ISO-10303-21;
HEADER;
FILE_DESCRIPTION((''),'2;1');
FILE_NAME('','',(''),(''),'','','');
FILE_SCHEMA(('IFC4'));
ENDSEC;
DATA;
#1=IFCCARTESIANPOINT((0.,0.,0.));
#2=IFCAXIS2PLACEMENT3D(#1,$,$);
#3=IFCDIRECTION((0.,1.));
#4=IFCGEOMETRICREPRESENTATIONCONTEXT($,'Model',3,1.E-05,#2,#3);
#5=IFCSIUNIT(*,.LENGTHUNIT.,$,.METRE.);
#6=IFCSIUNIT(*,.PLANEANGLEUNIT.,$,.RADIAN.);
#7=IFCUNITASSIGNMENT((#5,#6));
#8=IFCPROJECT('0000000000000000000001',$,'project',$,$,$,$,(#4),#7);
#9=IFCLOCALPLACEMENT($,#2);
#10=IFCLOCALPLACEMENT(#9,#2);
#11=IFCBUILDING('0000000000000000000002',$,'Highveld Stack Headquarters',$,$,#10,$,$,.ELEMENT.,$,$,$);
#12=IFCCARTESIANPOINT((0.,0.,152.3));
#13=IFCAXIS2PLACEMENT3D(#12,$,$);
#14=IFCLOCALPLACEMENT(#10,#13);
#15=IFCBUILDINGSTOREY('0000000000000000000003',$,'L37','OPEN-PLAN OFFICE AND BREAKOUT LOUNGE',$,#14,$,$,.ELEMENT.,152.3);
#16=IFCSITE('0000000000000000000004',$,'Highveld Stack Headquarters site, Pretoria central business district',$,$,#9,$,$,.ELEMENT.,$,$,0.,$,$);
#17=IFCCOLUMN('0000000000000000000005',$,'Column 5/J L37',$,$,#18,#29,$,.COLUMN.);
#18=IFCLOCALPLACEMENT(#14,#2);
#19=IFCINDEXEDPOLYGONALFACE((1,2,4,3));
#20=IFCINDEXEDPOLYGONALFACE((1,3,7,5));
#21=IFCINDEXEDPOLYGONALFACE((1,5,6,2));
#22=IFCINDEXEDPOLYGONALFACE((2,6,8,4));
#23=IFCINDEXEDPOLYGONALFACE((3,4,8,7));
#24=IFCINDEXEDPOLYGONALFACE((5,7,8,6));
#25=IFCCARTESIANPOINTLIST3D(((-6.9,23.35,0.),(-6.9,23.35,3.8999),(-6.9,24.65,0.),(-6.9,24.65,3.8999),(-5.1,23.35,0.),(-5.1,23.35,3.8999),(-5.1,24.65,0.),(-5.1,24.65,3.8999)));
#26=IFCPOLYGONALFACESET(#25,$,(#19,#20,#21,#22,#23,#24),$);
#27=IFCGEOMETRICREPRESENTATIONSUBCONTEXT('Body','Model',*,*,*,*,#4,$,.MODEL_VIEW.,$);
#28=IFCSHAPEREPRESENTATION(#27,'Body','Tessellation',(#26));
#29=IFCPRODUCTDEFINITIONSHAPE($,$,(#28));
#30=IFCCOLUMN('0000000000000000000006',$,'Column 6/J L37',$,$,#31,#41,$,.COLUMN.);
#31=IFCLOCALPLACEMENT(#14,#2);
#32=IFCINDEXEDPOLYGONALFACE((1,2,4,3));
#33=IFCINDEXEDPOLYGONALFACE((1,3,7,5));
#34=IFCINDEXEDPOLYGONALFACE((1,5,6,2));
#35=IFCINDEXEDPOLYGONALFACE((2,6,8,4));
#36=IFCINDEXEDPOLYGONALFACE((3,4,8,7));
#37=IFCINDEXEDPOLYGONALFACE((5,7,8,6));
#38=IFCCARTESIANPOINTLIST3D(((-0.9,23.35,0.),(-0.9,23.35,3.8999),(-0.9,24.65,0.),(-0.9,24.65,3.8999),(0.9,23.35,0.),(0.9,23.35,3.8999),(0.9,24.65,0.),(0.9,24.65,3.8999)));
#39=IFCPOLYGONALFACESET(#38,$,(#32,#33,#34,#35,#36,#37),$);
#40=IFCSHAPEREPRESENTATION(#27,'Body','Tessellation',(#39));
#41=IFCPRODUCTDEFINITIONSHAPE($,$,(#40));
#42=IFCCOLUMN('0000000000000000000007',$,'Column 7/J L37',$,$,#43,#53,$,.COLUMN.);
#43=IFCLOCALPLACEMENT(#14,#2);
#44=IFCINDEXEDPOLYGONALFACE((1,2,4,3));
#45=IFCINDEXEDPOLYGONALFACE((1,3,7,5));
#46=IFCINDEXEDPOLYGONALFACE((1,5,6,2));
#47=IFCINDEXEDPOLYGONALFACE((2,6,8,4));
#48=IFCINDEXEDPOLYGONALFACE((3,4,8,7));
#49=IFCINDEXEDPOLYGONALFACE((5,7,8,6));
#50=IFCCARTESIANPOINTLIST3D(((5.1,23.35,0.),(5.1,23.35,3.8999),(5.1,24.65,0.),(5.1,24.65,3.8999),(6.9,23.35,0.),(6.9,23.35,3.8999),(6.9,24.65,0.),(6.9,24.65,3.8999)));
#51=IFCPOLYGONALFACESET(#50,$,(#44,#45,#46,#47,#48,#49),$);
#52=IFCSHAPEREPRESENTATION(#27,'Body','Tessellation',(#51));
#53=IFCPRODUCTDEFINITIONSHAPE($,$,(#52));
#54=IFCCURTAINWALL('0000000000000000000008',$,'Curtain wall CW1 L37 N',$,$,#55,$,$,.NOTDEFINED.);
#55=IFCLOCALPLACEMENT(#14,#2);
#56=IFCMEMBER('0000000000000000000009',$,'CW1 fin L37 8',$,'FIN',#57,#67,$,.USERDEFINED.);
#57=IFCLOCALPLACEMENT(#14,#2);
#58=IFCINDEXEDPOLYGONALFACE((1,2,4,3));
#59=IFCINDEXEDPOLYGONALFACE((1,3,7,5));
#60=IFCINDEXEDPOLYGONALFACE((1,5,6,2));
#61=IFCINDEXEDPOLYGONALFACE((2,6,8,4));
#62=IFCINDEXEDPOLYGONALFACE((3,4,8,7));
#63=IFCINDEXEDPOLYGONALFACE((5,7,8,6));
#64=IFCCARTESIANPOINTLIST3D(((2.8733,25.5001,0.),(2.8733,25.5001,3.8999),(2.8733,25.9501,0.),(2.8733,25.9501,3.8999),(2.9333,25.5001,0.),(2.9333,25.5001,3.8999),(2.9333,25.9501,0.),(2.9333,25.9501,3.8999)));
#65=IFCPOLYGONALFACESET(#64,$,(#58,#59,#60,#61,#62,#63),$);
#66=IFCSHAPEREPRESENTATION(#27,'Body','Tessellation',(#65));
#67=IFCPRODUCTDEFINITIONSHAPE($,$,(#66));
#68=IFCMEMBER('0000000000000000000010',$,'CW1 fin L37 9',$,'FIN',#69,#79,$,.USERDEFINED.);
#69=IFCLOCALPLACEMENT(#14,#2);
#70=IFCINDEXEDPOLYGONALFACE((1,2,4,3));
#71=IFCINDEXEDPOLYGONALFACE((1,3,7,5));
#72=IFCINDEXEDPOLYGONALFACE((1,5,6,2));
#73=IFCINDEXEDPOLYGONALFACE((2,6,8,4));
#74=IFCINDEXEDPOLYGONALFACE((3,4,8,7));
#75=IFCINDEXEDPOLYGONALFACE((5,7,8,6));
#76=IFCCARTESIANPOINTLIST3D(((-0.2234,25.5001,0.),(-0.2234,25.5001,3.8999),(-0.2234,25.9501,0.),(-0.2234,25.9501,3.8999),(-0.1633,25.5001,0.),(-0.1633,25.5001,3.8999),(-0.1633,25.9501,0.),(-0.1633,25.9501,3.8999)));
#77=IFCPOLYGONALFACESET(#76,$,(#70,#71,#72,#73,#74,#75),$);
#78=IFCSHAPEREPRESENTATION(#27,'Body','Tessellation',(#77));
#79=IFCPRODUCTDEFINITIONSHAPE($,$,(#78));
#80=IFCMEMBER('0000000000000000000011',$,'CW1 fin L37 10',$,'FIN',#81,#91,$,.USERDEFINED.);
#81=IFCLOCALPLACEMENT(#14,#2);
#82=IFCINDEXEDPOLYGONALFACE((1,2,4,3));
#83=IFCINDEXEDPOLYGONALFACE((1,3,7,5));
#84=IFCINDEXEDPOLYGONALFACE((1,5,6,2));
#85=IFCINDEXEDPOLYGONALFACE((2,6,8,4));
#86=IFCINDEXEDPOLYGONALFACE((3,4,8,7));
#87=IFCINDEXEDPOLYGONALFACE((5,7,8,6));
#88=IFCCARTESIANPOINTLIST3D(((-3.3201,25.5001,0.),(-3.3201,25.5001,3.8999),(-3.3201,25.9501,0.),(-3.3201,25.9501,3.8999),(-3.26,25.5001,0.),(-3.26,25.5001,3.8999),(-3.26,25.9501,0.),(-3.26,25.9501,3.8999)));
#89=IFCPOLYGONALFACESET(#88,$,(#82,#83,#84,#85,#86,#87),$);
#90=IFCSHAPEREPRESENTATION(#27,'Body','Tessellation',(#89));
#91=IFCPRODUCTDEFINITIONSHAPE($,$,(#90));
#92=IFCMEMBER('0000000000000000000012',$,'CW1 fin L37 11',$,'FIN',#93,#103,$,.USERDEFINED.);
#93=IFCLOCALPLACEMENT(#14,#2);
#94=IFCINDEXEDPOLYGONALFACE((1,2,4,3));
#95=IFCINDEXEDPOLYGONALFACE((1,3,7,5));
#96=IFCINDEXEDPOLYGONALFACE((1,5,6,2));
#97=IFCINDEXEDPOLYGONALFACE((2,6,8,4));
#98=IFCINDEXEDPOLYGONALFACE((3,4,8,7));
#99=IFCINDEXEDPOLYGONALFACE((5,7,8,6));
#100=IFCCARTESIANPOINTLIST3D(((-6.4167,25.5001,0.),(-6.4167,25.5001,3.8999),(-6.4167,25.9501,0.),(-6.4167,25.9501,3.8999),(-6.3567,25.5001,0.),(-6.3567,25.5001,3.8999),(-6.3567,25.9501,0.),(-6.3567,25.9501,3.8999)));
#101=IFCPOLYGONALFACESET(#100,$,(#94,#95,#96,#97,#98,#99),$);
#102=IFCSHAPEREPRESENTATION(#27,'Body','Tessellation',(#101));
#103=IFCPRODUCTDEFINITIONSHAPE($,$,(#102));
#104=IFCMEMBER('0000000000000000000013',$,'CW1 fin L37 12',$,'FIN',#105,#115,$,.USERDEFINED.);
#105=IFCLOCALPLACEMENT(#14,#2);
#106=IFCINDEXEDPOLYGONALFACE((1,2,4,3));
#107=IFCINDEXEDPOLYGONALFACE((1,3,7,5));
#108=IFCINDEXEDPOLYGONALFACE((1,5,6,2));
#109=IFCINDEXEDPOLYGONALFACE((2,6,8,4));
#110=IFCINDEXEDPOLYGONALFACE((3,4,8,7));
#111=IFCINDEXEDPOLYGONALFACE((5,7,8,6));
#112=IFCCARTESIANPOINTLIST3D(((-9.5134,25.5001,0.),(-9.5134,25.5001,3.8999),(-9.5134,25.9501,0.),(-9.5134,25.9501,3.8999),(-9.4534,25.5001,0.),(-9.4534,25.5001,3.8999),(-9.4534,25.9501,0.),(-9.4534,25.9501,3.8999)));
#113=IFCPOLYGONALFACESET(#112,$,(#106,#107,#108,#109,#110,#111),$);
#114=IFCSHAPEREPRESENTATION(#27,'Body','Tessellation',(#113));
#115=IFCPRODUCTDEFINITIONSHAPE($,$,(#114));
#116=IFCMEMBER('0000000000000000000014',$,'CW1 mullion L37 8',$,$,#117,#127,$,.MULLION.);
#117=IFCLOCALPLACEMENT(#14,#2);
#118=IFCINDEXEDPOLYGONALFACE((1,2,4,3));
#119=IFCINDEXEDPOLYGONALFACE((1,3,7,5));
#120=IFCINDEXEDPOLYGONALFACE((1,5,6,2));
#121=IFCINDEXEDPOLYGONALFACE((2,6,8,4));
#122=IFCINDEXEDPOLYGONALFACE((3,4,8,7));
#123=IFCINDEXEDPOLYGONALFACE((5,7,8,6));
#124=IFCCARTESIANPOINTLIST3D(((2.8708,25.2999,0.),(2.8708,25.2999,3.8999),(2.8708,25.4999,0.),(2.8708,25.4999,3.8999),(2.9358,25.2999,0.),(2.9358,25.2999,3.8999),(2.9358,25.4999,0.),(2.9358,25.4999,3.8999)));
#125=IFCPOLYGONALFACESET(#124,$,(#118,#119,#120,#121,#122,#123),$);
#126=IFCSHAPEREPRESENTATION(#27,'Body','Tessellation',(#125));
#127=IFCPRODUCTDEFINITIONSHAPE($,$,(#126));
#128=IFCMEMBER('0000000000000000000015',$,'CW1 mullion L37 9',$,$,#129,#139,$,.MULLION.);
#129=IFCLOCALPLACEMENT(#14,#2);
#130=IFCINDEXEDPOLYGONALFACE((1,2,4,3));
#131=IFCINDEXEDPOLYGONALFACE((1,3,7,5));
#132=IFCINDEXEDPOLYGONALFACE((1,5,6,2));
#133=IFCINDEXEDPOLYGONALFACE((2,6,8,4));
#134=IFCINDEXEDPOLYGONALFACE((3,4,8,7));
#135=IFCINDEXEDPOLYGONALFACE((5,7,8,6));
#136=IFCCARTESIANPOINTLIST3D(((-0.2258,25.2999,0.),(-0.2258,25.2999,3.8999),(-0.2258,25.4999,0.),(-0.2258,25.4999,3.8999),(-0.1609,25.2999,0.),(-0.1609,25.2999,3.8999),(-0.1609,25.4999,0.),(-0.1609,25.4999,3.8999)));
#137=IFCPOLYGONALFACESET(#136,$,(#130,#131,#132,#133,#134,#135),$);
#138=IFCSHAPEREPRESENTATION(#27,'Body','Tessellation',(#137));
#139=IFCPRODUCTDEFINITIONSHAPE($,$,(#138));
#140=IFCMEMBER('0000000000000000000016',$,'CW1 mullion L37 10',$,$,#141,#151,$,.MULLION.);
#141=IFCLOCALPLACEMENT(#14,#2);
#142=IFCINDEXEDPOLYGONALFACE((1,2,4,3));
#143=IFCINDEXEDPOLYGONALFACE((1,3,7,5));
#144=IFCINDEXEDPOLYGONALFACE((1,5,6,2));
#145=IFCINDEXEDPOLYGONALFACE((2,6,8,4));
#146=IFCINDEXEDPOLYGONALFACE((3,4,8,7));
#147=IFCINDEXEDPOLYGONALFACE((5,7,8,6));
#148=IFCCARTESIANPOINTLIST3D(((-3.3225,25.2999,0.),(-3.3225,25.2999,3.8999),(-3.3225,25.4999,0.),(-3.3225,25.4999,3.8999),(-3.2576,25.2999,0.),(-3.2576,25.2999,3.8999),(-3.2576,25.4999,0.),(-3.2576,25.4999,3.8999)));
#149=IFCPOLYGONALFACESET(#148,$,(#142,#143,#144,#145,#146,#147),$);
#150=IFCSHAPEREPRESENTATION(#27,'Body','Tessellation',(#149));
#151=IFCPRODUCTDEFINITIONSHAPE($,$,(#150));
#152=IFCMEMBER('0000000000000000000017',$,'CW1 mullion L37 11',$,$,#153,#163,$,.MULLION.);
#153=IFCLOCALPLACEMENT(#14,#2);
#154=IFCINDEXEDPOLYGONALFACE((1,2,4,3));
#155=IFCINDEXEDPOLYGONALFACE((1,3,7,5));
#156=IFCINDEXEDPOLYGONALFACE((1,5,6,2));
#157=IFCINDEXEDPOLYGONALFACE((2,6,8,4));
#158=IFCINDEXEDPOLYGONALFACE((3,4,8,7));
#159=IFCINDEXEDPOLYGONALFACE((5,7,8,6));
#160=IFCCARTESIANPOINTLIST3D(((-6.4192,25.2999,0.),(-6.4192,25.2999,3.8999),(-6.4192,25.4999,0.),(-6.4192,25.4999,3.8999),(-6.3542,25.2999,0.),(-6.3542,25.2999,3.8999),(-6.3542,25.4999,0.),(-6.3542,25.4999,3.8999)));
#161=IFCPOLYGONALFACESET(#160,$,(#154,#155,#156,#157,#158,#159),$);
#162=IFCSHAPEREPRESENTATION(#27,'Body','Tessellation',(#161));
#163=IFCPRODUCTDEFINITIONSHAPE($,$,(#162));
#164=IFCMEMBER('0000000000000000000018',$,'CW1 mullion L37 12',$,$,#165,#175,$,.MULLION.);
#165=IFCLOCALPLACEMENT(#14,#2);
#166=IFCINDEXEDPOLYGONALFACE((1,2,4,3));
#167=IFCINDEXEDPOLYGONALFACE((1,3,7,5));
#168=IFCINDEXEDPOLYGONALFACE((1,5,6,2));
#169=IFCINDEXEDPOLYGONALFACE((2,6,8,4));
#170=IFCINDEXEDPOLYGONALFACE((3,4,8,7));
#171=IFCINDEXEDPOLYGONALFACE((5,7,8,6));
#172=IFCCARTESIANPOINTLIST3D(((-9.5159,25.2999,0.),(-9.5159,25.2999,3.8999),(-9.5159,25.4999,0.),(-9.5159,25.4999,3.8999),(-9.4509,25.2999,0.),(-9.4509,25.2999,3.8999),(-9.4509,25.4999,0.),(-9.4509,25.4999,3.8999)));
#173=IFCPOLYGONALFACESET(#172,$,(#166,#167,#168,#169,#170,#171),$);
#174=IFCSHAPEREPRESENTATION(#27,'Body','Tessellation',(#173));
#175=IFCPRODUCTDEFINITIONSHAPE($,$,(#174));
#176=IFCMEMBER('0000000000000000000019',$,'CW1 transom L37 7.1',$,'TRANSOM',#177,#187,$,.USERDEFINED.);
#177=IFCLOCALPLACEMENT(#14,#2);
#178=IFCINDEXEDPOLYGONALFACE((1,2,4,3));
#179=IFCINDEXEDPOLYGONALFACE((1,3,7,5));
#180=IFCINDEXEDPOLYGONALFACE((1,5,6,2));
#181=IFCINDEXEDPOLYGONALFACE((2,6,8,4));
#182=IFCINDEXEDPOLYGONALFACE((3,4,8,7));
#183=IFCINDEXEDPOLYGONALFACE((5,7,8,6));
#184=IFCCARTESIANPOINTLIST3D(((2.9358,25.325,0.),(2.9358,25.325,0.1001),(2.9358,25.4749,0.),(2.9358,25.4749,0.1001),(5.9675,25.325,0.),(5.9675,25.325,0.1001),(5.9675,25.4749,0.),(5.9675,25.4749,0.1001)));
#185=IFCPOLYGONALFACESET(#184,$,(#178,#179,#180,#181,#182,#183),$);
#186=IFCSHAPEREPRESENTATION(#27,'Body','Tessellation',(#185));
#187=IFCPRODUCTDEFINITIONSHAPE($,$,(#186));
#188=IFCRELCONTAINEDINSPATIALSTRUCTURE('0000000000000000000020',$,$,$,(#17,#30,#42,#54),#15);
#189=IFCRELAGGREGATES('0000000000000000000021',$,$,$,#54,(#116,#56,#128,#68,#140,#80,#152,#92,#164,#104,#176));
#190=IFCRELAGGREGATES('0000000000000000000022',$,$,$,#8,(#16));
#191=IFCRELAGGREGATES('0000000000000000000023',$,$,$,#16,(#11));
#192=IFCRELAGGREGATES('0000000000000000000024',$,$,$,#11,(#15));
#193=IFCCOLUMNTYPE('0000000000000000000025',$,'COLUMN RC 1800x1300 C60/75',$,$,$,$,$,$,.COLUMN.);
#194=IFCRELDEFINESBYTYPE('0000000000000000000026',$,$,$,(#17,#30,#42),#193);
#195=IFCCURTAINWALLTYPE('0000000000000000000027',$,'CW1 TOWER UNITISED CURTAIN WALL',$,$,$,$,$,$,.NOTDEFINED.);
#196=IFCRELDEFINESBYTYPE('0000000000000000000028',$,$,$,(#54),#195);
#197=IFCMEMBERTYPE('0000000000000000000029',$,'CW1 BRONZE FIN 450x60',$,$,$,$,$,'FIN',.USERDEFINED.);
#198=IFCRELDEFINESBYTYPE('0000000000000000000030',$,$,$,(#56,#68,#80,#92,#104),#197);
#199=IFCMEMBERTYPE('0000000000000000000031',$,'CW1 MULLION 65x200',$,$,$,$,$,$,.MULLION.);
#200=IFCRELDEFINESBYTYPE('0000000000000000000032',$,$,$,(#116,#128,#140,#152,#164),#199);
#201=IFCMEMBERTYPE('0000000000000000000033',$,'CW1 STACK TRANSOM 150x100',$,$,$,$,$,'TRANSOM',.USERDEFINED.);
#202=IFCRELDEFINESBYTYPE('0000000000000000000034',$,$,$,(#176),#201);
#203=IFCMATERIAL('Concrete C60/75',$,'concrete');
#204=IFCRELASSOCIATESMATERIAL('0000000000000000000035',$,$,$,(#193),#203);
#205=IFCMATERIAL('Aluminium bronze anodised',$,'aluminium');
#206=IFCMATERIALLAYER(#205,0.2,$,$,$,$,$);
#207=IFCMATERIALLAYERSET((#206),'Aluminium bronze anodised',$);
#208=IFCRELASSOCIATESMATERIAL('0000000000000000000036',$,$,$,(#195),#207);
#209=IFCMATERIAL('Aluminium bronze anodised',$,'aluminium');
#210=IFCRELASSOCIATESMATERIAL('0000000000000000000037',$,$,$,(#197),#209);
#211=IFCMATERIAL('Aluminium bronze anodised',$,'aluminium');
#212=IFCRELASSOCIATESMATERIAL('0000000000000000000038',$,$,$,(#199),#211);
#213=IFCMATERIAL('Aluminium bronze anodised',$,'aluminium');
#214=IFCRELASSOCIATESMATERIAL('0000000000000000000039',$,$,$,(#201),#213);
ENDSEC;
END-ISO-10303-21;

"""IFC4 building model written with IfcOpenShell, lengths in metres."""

from ifc_helpers import new_model, si_unit, direction, frame, origin, origin_2d, place, context, subcontext, project, spatial, rectangle, extrude, material, layer, layer_set, material_profile, profile_set, type_object, element, aggregate, save


model = new_model("IFC4")

# Units and contexts
model_context = context("Model", 3, precision=1e-05, world=origin(), true_north=direction((0.0, 1.0)))
body_context = subcontext(model_context, "Body", "Model", "MODEL_VIEW")
ifc_project = project(units=[si_unit("LENGTHUNIT", "METRE"), si_unit("PLANEANGLEUNIT", "RADIAN")], contexts=[model_context])

# Site, building, storey
site_placement = place(None, origin())
site = spatial("IfcSite", under=ifc_project, at=site_placement, Name="Highveld Stack Headquarters site, Pretoria central business district", CompositionType="ELEMENT", RefElevation=0.0)
building_placement = place(site_placement, origin())
building = spatial("IfcBuilding", under=site, at=building_placement, Name="Highveld Stack Headquarters", CompositionType="ELEMENT")
storey_placement = place(building_placement, frame((0.0, 0.0, 152.3)))
storey = spatial("IfcBuildingStorey", under=building, at=storey_placement, Name="L37", Description="OPEN-PLAN OFFICE AND BREAKOUT LOUNGE", CompositionType="ELEMENT", Elevation=152.3)

# Columns
ifc_material_1 = material(Name="Concrete C60/75", Category="concrete")
ifc_material_profile_1 = material_profile(ifc_material_1, rectangle(XDim=1.8, YDim=1.3, at=origin_2d()), Name="RC 1800x1300")
ifc_profile_set_1 = profile_set([ifc_material_profile_1], Name="Concrete C60/75")
column_type = type_object("IfcColumnType", Name="COLUMN RC 1800x1300 C60/75", PredefinedType="COLUMN", material=ifc_profile_set_1)
for number, where, z_axis, x_axis, name in (
    (1, (-6.0, 24.0, 0.0), (0.0, 0.0, 1.0), (1.0, 0.0, 0.0), "Column 5/J L37"),
    (2, (0.0, 24.0, 0.0), (0.0, 0.0, 1.0), (1.0, 0.0, 0.0), "Column 6/J L37"),
    (3, (6.0, 24.0, 0.0), (0.0, 0.0, 1.0), (1.0, 0.0, 0.0), "Column 7/J L37"),
):
    element("IfcColumn", number, at=place(storey_placement, frame(where, z_axis=z_axis, x_axis=x_axis)), inside=storey, type_object=column_type, Name=name, PredefinedType="COLUMN", context=body_context, shape_type="SweptSolid", body=[
        extrude(rectangle(XDim=1.8, YDim=1.3, at=origin_2d()), origin(), (0.0, 0.0, 1.0), 3.8999),
    ])

# Curtain wall, members
ifc_material_2 = material(Name="Aluminium bronze anodised", Category="aluminium")
ifc_layer_1 = layer(ifc_material_2, 0.2)
ifc_layer_set_1 = layer_set([ifc_layer_1], Name="Aluminium bronze anodised")
curtain_wall_type = type_object("IfcCurtainWallType", Name="CW1 TOWER UNITISED CURTAIN WALL", PredefinedType="NOTDEFINED", material=ifc_layer_set_1)
curtain_wall_placement = place(storey_placement, origin())
curtain_wall = element("IfcCurtainWall", 4, at=curtain_wall_placement, inside=storey, type_object=curtain_wall_type, Name="Curtain wall CW1 L37 N", PredefinedType="NOTDEFINED")
ifc_material_3 = material(Name="Aluminium bronze anodised", Category="aluminium")
ifc_material_profile_2 = material_profile(ifc_material_3, rectangle(XDim=0.45, YDim=0.0601, at=origin_2d()), Name="FIN 450x60")
ifc_profile_set_2 = profile_set([ifc_material_profile_2], Name="Aluminium bronze anodised")
member_type_1 = type_object("IfcMemberType", Name="CW1 BRONZE FIN 450x60", ElementType="FIN", PredefinedType="USERDEFINED", material=ifc_profile_set_2)
member_1_placement = place(storey_placement, frame((2.9033, 25.7251, 0.0), z_axis=(0.0, 0.0, 1.0), x_axis=(0.0, -1.0, 0.0)))
member_1 = element("IfcMember", 5, at=member_1_placement, type_object=member_type_1, Name="CW1 fin L37 8", ObjectType="FIN", PredefinedType="USERDEFINED", context=body_context, shape_type="SweptSolid", body=[
    extrude(rectangle(XDim=0.45, YDim=0.0601, at=origin_2d()), origin(), (0.0, 0.0, 1.0), 3.8999),
])
member_2_placement = place(storey_placement, frame((-0.1934, 25.7251, 0.0), z_axis=(0.0, 0.0, 1.0), x_axis=(0.0, -1.0, 0.0)))
member_2 = element("IfcMember", 6, at=member_2_placement, type_object=member_type_1, Name="CW1 fin L37 9", ObjectType="FIN", PredefinedType="USERDEFINED", context=body_context, shape_type="SweptSolid", body=[
    extrude(rectangle(XDim=0.45, YDim=0.0601, at=origin_2d()), origin(), (0.0, 0.0, 1.0), 3.8999),
])
member_3_placement = place(storey_placement, frame((-3.29, 25.7251, 0.0), z_axis=(0.0, 0.0, 1.0), x_axis=(0.0, -1.0, 0.0)))
member_3 = element("IfcMember", 7, at=member_3_placement, type_object=member_type_1, Name="CW1 fin L37 10", ObjectType="FIN", PredefinedType="USERDEFINED", context=body_context, shape_type="SweptSolid", body=[
    extrude(rectangle(XDim=0.45, YDim=0.0601, at=origin_2d()), origin(), (0.0, 0.0, 1.0), 3.8999),
])
member_4_placement = place(storey_placement, frame((-6.3867, 25.7251, 0.0), z_axis=(0.0, 0.0, 1.0), x_axis=(0.0, -1.0, 0.0)))
member_4 = element("IfcMember", 8, at=member_4_placement, type_object=member_type_1, Name="CW1 fin L37 11", ObjectType="FIN", PredefinedType="USERDEFINED", context=body_context, shape_type="SweptSolid", body=[
    extrude(rectangle(XDim=0.45, YDim=0.0601, at=origin_2d()), origin(), (0.0, 0.0, 1.0), 3.8999),
])
member_5_placement = place(storey_placement, frame((-9.4834, 25.7251, 0.0), z_axis=(0.0, 0.0, 1.0), x_axis=(0.0, -1.0, 0.0)))
member_5 = element("IfcMember", 9, at=member_5_placement, type_object=member_type_1, Name="CW1 fin L37 12", ObjectType="FIN", PredefinedType="USERDEFINED", context=body_context, shape_type="SweptSolid", body=[
    extrude(rectangle(XDim=0.45, YDim=0.0601, at=origin_2d()), origin(), (0.0, 0.0, 1.0), 3.8999),
])
ifc_material_4 = material(Name="Aluminium bronze anodised", Category="aluminium")
ifc_material_profile_3 = material_profile(ifc_material_4, rectangle(XDim=0.2, YDim=0.0649, at=origin_2d()), Name="CW1 MULLION 65x200")
ifc_profile_set_3 = profile_set([ifc_material_profile_3], Name="Aluminium bronze anodised")
member_type_2 = type_object("IfcMemberType", Name="CW1 MULLION 65x200", PredefinedType="MULLION", material=ifc_profile_set_3)
member_6_placement = place(storey_placement, frame((2.9033, 25.3999, 0.0), z_axis=(0.0, 0.0, 1.0), x_axis=(0.0, -1.0, 0.0)))
member_6 = element("IfcMember", 10, at=member_6_placement, type_object=member_type_2, Name="CW1 mullion L37 8", PredefinedType="MULLION", context=body_context, shape_type="SweptSolid", body=[
    extrude(rectangle(XDim=0.2, YDim=0.0649, at=origin_2d()), origin(), (0.0, 0.0, 1.0), 3.8999),
])
member_7_placement = place(storey_placement, frame((-0.1934, 25.3999, 0.0), z_axis=(0.0, 0.0, 1.0), x_axis=(0.0, -1.0, 0.0)))
member_7 = element("IfcMember", 11, at=member_7_placement, type_object=member_type_2, Name="CW1 mullion L37 9", PredefinedType="MULLION", context=body_context, shape_type="SweptSolid", body=[
    extrude(rectangle(XDim=0.2, YDim=0.0649, at=origin_2d()), origin(), (0.0, 0.0, 1.0), 3.8999),
])
member_8_placement = place(storey_placement, frame((-3.29, 25.3999, 0.0), z_axis=(0.0, 0.0, 1.0), x_axis=(0.0, -1.0, 0.0)))
member_8 = element("IfcMember", 12, at=member_8_placement, type_object=member_type_2, Name="CW1 mullion L37 10", PredefinedType="MULLION", context=body_context, shape_type="SweptSolid", body=[
    extrude(rectangle(XDim=0.2, YDim=0.0649, at=origin_2d()), origin(), (0.0, 0.0, 1.0), 3.8999),
])
member_9_placement = place(storey_placement, frame((-6.3867, 25.3999, 0.0), z_axis=(0.0, 0.0, 1.0), x_axis=(0.0, -1.0, 0.0)))
member_9 = element("IfcMember", 13, at=member_9_placement, type_object=member_type_2, Name="CW1 mullion L37 11", PredefinedType="MULLION", context=body_context, shape_type="SweptSolid", body=[
    extrude(rectangle(XDim=0.2, YDim=0.0649, at=origin_2d()), origin(), (0.0, 0.0, 1.0), 3.8999),
])
member_10_placement = place(storey_placement, frame((-9.4834, 25.3999, 0.0), z_axis=(0.0, 0.0, 1.0), x_axis=(0.0, -1.0, 0.0)))
member_10 = element("IfcMember", 14, at=member_10_placement, type_object=member_type_2, Name="CW1 mullion L37 12", PredefinedType="MULLION", context=body_context, shape_type="SweptSolid", body=[
    extrude(rectangle(XDim=0.2, YDim=0.0649, at=origin_2d()), origin(), (0.0, 0.0, 1.0), 3.8999),
])
ifc_material_5 = material(Name="Aluminium bronze anodised", Category="aluminium")
ifc_material_profile_4 = material_profile(ifc_material_5, rectangle(XDim=0.1499, YDim=0.1001, at=origin_2d()), Name="CW1 TRANSOM 150x100")
ifc_profile_set_4 = profile_set([ifc_material_profile_4], Name="Aluminium bronze anodised")
member_type_3 = type_object("IfcMemberType", Name="CW1 STACK TRANSOM 150x100", ElementType="TRANSOM", PredefinedType="USERDEFINED", material=ifc_profile_set_4)
member_11_placement = place(storey_placement, frame((5.9675, 25.3999, 0.05), z_axis=(-1.0, 0.0, 0.0), x_axis=(0.0, -1.0, 0.0)))
member_11 = element("IfcMember", 15, at=member_11_placement, type_object=member_type_3, Name="CW1 transom L37 7.1", ObjectType="TRANSOM", PredefinedType="USERDEFINED", context=body_context, shape_type="SweptSolid", body=[
    extrude(rectangle(XDim=0.1499, YDim=0.1001, at=origin_2d()), origin(), (0.0, 0.0, 1.0), 3.0317),
])
aggregate(curtain_wall, [member_6, member_1, member_7, member_2, member_8, member_3, member_9, member_4, member_10, member_5, member_11])

save(model, "model.ifc")
